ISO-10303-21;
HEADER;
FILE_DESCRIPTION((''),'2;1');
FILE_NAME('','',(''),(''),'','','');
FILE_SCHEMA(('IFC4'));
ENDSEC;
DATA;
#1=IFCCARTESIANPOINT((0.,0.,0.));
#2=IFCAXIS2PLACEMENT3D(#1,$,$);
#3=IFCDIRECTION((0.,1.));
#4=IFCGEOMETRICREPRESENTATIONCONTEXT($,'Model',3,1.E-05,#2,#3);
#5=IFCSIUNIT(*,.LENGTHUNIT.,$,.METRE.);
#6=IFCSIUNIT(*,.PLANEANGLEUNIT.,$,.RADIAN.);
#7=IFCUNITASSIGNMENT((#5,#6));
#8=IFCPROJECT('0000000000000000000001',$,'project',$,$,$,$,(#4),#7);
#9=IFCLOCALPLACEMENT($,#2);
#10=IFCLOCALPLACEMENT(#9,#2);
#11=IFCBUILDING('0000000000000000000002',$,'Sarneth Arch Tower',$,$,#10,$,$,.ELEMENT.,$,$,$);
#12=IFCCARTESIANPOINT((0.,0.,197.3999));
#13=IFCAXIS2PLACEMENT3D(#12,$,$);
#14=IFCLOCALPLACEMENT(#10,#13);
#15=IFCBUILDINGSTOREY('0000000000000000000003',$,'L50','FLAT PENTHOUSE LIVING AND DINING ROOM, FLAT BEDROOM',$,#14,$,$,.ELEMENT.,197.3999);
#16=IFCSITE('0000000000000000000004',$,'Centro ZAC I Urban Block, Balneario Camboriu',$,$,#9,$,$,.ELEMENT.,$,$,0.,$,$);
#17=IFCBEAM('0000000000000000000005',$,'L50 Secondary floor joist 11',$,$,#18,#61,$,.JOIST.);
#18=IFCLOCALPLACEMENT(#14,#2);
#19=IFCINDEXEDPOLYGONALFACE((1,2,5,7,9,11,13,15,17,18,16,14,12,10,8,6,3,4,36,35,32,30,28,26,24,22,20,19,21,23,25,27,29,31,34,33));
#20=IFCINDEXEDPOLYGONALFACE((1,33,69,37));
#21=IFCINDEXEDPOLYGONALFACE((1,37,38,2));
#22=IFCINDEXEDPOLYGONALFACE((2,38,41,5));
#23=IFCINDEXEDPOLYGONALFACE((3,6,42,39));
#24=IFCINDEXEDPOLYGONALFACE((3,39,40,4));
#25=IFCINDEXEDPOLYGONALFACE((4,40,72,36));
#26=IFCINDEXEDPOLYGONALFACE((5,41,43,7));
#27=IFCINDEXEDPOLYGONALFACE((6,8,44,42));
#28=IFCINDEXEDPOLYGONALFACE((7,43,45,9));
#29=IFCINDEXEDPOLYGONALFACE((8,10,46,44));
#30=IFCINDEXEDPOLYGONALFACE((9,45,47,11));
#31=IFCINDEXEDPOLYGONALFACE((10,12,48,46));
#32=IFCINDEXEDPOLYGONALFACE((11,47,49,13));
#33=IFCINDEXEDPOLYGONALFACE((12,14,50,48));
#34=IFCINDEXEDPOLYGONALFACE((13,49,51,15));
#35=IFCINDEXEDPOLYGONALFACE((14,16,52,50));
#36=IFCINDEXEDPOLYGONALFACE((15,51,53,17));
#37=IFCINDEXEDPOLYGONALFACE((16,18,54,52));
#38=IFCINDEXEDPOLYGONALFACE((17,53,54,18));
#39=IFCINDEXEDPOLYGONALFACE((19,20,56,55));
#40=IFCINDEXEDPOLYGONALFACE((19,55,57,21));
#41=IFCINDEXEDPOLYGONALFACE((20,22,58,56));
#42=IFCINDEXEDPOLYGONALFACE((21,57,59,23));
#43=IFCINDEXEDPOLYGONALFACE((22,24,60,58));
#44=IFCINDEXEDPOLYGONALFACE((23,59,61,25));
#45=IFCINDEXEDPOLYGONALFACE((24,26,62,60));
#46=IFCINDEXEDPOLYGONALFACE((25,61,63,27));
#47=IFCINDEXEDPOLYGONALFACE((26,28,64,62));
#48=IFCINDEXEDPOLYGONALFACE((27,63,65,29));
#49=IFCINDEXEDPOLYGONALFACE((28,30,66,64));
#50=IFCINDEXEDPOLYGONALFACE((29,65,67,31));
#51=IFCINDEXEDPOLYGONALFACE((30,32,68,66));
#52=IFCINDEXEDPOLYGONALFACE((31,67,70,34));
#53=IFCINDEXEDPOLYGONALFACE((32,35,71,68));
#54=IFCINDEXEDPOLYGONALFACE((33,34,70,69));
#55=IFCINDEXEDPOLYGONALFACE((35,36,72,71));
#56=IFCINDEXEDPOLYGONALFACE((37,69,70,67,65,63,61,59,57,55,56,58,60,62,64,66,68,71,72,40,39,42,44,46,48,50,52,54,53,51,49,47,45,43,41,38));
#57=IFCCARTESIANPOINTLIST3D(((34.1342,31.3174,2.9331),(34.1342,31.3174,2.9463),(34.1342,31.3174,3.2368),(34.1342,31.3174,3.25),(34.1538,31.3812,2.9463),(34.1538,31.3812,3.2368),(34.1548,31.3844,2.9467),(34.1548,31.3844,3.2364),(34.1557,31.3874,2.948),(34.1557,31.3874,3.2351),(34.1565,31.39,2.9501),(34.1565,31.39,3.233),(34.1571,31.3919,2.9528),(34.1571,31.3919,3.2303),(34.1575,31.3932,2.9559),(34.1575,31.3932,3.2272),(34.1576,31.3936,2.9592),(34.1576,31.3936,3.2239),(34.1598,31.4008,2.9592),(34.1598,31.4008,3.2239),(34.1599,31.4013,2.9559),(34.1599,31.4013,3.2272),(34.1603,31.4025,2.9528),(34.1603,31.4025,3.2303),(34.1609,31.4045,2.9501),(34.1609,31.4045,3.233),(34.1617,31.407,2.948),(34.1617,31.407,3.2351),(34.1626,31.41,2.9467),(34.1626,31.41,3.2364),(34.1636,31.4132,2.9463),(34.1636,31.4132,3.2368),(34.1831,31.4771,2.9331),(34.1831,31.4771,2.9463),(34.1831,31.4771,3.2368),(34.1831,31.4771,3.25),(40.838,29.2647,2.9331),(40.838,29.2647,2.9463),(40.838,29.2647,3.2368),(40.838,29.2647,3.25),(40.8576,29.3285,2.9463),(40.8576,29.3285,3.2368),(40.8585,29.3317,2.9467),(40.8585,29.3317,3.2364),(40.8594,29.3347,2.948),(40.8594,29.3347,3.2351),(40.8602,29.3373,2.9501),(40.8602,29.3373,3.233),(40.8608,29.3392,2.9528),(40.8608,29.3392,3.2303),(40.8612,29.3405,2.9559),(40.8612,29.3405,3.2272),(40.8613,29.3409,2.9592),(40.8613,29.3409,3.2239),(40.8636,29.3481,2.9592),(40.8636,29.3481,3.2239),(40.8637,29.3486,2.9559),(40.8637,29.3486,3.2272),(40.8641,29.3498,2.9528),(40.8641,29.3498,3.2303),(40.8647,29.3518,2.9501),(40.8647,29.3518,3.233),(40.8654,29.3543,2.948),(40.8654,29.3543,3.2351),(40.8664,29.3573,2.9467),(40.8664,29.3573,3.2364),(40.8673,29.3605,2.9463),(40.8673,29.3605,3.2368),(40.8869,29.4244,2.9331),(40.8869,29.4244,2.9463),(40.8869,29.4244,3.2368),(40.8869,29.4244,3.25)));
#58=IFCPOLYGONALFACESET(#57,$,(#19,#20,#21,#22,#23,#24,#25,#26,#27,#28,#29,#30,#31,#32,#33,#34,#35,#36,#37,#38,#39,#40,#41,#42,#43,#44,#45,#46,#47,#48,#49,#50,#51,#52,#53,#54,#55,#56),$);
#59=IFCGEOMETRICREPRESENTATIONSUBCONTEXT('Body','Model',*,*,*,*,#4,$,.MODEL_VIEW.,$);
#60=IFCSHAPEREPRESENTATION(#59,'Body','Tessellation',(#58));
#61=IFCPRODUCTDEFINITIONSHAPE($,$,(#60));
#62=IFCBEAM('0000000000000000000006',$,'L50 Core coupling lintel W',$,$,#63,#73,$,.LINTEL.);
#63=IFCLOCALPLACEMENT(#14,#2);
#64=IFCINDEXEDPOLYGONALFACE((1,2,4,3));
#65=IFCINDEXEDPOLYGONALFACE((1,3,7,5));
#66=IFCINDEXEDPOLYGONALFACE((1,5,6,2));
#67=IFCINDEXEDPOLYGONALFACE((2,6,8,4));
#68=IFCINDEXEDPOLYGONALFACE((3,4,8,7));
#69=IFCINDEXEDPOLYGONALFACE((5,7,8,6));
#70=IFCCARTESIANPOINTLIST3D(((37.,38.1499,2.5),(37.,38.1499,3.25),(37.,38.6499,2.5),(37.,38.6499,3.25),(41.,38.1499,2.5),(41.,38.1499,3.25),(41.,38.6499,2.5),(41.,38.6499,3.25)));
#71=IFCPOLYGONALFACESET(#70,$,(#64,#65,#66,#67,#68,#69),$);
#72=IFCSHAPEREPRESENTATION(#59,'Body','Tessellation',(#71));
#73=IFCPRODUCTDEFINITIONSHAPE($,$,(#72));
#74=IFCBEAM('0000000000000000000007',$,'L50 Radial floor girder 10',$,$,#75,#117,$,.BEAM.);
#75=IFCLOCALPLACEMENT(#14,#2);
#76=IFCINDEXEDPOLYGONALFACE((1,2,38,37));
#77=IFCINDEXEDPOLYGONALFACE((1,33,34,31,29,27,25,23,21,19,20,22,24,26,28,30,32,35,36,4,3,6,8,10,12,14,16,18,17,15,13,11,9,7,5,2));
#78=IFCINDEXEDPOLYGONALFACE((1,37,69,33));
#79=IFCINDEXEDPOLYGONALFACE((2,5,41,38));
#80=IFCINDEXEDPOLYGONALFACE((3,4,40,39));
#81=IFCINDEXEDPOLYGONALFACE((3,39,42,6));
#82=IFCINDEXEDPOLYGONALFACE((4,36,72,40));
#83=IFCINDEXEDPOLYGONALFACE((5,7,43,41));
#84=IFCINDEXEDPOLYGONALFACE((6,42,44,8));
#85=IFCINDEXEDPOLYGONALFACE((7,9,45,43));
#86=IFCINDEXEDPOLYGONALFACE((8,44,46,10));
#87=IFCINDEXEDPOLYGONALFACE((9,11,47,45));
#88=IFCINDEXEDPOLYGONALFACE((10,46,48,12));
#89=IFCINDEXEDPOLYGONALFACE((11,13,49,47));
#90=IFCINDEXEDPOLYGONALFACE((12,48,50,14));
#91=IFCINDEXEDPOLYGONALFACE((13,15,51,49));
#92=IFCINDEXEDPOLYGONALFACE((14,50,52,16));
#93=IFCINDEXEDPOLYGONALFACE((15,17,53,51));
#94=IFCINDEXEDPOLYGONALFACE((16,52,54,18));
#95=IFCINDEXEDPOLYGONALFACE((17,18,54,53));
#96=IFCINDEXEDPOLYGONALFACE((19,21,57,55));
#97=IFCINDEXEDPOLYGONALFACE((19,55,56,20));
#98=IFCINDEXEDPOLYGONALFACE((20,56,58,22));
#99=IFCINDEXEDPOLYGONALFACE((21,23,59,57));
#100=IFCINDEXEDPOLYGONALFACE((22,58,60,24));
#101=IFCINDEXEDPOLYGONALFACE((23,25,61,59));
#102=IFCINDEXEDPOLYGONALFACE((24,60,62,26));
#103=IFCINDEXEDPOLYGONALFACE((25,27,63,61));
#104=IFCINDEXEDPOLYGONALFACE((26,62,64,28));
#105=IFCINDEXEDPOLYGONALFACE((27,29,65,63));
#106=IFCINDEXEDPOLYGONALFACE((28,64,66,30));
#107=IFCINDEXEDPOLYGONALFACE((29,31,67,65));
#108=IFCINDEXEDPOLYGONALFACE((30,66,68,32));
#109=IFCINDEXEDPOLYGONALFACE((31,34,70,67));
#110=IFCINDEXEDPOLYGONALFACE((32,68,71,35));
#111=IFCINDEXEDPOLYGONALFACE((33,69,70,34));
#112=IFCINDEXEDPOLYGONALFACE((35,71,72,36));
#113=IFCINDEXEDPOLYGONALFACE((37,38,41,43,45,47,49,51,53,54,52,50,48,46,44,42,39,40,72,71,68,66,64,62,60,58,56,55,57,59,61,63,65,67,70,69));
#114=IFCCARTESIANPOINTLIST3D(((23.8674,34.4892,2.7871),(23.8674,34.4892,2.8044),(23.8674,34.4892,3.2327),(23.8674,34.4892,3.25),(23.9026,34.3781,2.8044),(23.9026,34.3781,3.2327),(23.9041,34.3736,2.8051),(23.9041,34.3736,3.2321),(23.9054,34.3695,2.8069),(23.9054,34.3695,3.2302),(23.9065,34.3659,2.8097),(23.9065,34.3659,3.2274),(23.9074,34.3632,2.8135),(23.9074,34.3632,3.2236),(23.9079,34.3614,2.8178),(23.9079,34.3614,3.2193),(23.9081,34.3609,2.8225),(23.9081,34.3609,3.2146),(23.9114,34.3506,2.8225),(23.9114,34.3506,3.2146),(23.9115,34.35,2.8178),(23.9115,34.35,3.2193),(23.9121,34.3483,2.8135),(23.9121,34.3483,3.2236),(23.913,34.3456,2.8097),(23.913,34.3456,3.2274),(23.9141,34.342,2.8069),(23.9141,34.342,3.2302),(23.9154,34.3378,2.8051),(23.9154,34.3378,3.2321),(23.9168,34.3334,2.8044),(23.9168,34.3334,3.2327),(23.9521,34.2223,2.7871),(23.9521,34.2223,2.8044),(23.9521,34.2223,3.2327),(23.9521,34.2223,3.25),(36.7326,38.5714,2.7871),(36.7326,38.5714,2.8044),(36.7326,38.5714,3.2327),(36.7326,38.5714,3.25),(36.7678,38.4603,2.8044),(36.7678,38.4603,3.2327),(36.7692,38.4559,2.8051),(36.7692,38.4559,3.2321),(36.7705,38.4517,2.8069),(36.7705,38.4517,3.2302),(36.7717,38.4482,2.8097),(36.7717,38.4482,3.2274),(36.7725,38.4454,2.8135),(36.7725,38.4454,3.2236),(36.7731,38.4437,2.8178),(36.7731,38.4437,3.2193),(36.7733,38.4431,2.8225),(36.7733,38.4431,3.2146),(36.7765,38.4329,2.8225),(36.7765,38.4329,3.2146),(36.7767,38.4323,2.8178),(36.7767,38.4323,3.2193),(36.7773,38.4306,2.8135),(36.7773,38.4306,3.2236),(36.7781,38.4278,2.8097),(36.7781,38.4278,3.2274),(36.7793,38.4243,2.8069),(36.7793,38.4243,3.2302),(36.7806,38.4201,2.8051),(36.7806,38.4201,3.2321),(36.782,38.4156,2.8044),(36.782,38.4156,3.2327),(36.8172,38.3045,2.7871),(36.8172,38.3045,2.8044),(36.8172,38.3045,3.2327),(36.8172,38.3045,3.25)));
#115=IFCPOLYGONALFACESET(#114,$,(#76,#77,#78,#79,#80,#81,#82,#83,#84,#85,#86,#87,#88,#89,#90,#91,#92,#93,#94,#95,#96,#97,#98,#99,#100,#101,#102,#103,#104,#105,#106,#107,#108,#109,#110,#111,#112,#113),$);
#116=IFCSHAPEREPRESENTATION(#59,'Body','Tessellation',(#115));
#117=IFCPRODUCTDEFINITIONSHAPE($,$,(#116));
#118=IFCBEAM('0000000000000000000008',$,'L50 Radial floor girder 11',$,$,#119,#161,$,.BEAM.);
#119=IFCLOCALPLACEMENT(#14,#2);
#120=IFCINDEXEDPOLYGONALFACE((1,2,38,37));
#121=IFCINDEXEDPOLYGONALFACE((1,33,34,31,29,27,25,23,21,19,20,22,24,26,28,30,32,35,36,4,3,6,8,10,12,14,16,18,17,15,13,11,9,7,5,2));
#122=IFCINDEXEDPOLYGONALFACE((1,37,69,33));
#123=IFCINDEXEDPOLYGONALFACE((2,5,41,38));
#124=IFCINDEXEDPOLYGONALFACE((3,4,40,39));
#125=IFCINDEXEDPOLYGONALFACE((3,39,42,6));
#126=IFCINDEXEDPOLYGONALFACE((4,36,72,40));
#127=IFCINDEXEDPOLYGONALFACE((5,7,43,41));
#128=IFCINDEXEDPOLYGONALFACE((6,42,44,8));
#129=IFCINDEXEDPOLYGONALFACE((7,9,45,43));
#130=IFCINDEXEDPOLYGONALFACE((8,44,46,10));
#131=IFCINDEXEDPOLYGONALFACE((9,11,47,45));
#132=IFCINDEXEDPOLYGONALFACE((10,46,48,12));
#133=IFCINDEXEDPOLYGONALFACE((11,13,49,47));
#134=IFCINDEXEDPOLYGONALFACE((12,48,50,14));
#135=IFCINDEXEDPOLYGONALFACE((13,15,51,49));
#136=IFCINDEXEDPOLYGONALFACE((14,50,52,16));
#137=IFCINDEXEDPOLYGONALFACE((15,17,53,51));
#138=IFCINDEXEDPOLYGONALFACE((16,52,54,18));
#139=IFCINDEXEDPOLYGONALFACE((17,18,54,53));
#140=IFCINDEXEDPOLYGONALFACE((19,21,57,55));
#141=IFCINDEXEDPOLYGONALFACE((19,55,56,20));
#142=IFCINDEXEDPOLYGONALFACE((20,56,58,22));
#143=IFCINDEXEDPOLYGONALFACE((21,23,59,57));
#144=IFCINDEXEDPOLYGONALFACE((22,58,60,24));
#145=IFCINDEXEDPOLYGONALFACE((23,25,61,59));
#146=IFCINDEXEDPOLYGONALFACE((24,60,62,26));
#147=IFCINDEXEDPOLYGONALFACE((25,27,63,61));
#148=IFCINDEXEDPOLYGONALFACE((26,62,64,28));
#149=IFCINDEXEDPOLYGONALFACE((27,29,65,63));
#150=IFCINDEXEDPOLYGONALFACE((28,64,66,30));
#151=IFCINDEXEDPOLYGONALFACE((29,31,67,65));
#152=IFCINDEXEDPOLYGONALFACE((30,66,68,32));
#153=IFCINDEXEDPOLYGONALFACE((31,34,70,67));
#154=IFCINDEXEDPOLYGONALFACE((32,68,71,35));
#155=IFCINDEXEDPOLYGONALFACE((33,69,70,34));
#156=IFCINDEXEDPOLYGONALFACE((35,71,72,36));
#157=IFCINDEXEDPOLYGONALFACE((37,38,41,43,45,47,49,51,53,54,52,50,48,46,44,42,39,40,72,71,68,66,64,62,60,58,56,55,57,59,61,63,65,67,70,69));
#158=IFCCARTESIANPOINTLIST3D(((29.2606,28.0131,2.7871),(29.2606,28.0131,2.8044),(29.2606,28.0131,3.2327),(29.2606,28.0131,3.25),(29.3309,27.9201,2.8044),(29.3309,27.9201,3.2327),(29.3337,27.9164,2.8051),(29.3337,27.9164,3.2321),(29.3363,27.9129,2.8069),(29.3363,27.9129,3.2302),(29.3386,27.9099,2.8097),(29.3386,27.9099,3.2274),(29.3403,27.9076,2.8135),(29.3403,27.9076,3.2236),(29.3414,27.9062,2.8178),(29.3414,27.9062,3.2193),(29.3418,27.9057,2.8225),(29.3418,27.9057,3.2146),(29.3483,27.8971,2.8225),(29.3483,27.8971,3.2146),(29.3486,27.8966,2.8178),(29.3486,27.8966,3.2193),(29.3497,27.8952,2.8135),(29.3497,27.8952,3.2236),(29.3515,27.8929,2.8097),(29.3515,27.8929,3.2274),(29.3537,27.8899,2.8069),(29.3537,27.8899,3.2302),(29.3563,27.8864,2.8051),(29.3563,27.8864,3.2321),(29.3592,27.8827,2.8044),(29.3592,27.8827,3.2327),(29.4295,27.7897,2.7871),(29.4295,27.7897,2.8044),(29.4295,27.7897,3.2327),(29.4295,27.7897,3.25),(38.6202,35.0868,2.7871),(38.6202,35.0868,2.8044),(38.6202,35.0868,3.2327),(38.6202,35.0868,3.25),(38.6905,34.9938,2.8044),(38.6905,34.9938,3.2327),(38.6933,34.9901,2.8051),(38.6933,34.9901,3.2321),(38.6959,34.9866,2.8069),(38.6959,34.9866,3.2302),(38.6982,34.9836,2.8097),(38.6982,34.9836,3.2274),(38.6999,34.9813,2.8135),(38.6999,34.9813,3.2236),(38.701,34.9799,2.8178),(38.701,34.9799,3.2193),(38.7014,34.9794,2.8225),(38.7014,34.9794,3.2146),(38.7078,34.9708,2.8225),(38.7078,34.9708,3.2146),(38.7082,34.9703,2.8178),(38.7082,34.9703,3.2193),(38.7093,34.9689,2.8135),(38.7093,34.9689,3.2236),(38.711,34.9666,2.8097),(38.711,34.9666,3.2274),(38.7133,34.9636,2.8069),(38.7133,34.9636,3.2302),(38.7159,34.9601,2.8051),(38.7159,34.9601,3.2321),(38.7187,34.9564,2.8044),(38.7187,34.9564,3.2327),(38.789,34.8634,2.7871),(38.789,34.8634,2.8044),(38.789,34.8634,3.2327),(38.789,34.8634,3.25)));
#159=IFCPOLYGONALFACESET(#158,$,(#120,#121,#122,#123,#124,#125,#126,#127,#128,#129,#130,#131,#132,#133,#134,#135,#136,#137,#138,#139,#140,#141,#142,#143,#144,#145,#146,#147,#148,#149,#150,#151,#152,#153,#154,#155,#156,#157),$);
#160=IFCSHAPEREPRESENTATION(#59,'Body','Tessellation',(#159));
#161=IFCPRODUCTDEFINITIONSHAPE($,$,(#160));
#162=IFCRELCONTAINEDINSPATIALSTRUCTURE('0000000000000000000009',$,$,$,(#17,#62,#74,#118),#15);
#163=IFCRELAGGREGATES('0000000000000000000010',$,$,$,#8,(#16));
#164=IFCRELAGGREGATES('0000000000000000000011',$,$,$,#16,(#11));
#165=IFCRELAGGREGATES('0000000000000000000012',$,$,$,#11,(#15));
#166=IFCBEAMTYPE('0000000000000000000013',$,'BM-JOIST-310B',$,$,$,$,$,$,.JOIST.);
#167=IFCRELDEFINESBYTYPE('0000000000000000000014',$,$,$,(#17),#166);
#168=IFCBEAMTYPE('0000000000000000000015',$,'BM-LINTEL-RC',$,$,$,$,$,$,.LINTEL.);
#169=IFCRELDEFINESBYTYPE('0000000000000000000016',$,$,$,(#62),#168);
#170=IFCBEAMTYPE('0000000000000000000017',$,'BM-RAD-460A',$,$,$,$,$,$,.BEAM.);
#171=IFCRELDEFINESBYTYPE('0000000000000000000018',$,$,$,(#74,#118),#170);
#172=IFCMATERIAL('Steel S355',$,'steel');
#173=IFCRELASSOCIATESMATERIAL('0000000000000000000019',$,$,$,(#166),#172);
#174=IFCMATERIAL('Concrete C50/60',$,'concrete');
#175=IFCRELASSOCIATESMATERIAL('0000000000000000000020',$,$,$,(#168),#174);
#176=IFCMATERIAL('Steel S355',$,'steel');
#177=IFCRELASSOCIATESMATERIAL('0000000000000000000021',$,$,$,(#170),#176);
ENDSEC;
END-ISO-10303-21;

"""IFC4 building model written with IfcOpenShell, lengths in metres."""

from ifc_helpers import new_model, si_unit, direction, frame, origin, origin_2d, place, context, subcontext, project, spatial, rectangle, i_section, extrude, material, material_profile, profile_set, type_object, element, save


model = new_model("IFC4")

# Units and contexts
model_context = context("Model", 3, precision=1e-05, world=origin(), true_north=direction((0.0, 1.0)))
body_context = subcontext(model_context, "Body", "Model", "MODEL_VIEW")
ifc_project = project(units=[si_unit("LENGTHUNIT", "METRE"), si_unit("PLANEANGLEUNIT", "RADIAN")], contexts=[model_context])

# Site, building, storey
site_placement = place(None, origin())
site = spatial("IfcSite", under=ifc_project, at=site_placement, Name="Centro ZAC I Urban Block, Balneario Camboriu", CompositionType="ELEMENT", RefElevation=0.0)
building_placement = place(site_placement, origin())
building = spatial("IfcBuilding", under=site, at=building_placement, Name="Sarneth Arch Tower", CompositionType="ELEMENT")
storey_placement = place(building_placement, frame((0.0, 0.0, 197.3999)))
storey = spatial("IfcBuildingStorey", under=building, at=storey_placement, Name="L50", Description="FLAT PENTHOUSE LIVING AND DINING ROOM, FLAT BEDROOM", CompositionType="ELEMENT", Elevation=197.3999)

# Beams
ifc_material_1 = material(Name="Steel S355", Category="steel")
ifc_material_profile_1 = material_profile(ifc_material_1, i_section(OverallWidth=0.167, OverallDepth=0.3169, WebThickness=0.0076, FlangeThickness=0.0132, FilletRadius=0.0129, at=origin_2d()), Name="W310x52")
ifc_profile_set_1 = profile_set([ifc_material_profile_1], Name="Steel S355")
beam_type_1 = type_object("IfcBeamType", Name="BM-JOIST-310B", PredefinedType="JOIST", material=ifc_profile_set_1)
beam_1_placement = place(storey_placement, frame((34.1587, 31.3972, 3.0916), z_axis=(0.956179, -0.292784, 0.0), x_axis=(0.292784, 0.956179, 0.0)))
element("IfcBeam", 1, at=beam_1_placement, inside=storey, type_object=beam_type_1, Name="L50 Secondary floor joist 11", PredefinedType="JOIST", context=body_context, shape_type="SweptSolid", body=[
    extrude(i_section(OverallWidth=0.167, OverallDepth=0.3169, WebThickness=0.0076, FlangeThickness=0.0132, FilletRadius=0.0129, at=origin_2d()), origin(), (0.0, 0.0, 1.0), 7.011),
])
ifc_material_2 = material(Name="Concrete C50/60", Category="concrete")
ifc_material_profile_2 = material_profile(ifc_material_2, rectangle(XDim=0.5, YDim=0.75, at=origin_2d()), Name="RC-500x750")
ifc_profile_set_2 = profile_set([ifc_material_profile_2], Name="Concrete C50/60")
beam_type_2 = type_object("IfcBeamType", Name="BM-LINTEL-RC", PredefinedType="LINTEL", material=ifc_profile_set_2)
beam_2_placement = place(storey_placement, frame((37.0, 38.3999, 2.875), z_axis=(1.0, 0.0, 0.0), x_axis=(0.0, 1.0, 0.0)))
element("IfcBeam", 2, at=beam_2_placement, inside=storey, type_object=beam_type_2, Name="L50 Core coupling lintel W", PredefinedType="LINTEL", context=body_context, shape_type="SweptSolid", body=[
    extrude(rectangle(XDim=0.5, YDim=0.75, at=origin_2d()), origin(), (0.0, 0.0, 1.0), 4.0),
])
ifc_material_3 = material(Name="Steel S355", Category="steel")
ifc_material_profile_3 = material_profile(ifc_material_3, i_section(OverallWidth=0.28, OverallDepth=0.4629, WebThickness=0.0107, FlangeThickness=0.0173, FilletRadius=0.0181, at=origin_2d()), Name="W460x113")
ifc_profile_set_3 = profile_set([ifc_material_profile_3], Name="Steel S355")
beam_type_3 = type_object("IfcBeamType", Name="BM-RAD-460A", PredefinedType="BEAM", material=ifc_profile_set_3)
beam_3_placement = place(storey_placement, frame((36.7749, 38.438, 3.0186), z_axis=(-0.953165, -0.302449, 0.0), x_axis=(0.302449, -0.953165, 0.0)))
element("IfcBeam", 3, at=beam_3_placement, inside=storey, type_object=beam_type_3, Name="L50 Radial floor girder 10", PredefinedType="BEAM", context=body_context, shape_type="SweptSolid", body=[
    extrude(i_section(OverallWidth=0.28, OverallDepth=0.4629, WebThickness=0.0107, FlangeThickness=0.0173, FilletRadius=0.0181, at=origin_2d()), origin(), (0.0, 0.0, 1.0), 13.4973),
])
beam_4_placement = place(storey_placement, frame((38.7046, 34.9751, 3.0186), z_axis=(-0.797785, -0.602943, 0.0), x_axis=(0.602943, -0.797785, 0.0)))
element("IfcBeam", 4, at=beam_4_placement, inside=storey, type_object=beam_type_3, Name="L50 Radial floor girder 11", PredefinedType="BEAM", context=body_context, shape_type="SweptSolid", body=[
    extrude(i_section(OverallWidth=0.28, OverallDepth=0.4629, WebThickness=0.0107, FlangeThickness=0.0173, FilletRadius=0.0181, at=origin_2d()), origin(), (0.0, 0.0, 1.0), 11.7319),
])

save(model, "model.ifc")
